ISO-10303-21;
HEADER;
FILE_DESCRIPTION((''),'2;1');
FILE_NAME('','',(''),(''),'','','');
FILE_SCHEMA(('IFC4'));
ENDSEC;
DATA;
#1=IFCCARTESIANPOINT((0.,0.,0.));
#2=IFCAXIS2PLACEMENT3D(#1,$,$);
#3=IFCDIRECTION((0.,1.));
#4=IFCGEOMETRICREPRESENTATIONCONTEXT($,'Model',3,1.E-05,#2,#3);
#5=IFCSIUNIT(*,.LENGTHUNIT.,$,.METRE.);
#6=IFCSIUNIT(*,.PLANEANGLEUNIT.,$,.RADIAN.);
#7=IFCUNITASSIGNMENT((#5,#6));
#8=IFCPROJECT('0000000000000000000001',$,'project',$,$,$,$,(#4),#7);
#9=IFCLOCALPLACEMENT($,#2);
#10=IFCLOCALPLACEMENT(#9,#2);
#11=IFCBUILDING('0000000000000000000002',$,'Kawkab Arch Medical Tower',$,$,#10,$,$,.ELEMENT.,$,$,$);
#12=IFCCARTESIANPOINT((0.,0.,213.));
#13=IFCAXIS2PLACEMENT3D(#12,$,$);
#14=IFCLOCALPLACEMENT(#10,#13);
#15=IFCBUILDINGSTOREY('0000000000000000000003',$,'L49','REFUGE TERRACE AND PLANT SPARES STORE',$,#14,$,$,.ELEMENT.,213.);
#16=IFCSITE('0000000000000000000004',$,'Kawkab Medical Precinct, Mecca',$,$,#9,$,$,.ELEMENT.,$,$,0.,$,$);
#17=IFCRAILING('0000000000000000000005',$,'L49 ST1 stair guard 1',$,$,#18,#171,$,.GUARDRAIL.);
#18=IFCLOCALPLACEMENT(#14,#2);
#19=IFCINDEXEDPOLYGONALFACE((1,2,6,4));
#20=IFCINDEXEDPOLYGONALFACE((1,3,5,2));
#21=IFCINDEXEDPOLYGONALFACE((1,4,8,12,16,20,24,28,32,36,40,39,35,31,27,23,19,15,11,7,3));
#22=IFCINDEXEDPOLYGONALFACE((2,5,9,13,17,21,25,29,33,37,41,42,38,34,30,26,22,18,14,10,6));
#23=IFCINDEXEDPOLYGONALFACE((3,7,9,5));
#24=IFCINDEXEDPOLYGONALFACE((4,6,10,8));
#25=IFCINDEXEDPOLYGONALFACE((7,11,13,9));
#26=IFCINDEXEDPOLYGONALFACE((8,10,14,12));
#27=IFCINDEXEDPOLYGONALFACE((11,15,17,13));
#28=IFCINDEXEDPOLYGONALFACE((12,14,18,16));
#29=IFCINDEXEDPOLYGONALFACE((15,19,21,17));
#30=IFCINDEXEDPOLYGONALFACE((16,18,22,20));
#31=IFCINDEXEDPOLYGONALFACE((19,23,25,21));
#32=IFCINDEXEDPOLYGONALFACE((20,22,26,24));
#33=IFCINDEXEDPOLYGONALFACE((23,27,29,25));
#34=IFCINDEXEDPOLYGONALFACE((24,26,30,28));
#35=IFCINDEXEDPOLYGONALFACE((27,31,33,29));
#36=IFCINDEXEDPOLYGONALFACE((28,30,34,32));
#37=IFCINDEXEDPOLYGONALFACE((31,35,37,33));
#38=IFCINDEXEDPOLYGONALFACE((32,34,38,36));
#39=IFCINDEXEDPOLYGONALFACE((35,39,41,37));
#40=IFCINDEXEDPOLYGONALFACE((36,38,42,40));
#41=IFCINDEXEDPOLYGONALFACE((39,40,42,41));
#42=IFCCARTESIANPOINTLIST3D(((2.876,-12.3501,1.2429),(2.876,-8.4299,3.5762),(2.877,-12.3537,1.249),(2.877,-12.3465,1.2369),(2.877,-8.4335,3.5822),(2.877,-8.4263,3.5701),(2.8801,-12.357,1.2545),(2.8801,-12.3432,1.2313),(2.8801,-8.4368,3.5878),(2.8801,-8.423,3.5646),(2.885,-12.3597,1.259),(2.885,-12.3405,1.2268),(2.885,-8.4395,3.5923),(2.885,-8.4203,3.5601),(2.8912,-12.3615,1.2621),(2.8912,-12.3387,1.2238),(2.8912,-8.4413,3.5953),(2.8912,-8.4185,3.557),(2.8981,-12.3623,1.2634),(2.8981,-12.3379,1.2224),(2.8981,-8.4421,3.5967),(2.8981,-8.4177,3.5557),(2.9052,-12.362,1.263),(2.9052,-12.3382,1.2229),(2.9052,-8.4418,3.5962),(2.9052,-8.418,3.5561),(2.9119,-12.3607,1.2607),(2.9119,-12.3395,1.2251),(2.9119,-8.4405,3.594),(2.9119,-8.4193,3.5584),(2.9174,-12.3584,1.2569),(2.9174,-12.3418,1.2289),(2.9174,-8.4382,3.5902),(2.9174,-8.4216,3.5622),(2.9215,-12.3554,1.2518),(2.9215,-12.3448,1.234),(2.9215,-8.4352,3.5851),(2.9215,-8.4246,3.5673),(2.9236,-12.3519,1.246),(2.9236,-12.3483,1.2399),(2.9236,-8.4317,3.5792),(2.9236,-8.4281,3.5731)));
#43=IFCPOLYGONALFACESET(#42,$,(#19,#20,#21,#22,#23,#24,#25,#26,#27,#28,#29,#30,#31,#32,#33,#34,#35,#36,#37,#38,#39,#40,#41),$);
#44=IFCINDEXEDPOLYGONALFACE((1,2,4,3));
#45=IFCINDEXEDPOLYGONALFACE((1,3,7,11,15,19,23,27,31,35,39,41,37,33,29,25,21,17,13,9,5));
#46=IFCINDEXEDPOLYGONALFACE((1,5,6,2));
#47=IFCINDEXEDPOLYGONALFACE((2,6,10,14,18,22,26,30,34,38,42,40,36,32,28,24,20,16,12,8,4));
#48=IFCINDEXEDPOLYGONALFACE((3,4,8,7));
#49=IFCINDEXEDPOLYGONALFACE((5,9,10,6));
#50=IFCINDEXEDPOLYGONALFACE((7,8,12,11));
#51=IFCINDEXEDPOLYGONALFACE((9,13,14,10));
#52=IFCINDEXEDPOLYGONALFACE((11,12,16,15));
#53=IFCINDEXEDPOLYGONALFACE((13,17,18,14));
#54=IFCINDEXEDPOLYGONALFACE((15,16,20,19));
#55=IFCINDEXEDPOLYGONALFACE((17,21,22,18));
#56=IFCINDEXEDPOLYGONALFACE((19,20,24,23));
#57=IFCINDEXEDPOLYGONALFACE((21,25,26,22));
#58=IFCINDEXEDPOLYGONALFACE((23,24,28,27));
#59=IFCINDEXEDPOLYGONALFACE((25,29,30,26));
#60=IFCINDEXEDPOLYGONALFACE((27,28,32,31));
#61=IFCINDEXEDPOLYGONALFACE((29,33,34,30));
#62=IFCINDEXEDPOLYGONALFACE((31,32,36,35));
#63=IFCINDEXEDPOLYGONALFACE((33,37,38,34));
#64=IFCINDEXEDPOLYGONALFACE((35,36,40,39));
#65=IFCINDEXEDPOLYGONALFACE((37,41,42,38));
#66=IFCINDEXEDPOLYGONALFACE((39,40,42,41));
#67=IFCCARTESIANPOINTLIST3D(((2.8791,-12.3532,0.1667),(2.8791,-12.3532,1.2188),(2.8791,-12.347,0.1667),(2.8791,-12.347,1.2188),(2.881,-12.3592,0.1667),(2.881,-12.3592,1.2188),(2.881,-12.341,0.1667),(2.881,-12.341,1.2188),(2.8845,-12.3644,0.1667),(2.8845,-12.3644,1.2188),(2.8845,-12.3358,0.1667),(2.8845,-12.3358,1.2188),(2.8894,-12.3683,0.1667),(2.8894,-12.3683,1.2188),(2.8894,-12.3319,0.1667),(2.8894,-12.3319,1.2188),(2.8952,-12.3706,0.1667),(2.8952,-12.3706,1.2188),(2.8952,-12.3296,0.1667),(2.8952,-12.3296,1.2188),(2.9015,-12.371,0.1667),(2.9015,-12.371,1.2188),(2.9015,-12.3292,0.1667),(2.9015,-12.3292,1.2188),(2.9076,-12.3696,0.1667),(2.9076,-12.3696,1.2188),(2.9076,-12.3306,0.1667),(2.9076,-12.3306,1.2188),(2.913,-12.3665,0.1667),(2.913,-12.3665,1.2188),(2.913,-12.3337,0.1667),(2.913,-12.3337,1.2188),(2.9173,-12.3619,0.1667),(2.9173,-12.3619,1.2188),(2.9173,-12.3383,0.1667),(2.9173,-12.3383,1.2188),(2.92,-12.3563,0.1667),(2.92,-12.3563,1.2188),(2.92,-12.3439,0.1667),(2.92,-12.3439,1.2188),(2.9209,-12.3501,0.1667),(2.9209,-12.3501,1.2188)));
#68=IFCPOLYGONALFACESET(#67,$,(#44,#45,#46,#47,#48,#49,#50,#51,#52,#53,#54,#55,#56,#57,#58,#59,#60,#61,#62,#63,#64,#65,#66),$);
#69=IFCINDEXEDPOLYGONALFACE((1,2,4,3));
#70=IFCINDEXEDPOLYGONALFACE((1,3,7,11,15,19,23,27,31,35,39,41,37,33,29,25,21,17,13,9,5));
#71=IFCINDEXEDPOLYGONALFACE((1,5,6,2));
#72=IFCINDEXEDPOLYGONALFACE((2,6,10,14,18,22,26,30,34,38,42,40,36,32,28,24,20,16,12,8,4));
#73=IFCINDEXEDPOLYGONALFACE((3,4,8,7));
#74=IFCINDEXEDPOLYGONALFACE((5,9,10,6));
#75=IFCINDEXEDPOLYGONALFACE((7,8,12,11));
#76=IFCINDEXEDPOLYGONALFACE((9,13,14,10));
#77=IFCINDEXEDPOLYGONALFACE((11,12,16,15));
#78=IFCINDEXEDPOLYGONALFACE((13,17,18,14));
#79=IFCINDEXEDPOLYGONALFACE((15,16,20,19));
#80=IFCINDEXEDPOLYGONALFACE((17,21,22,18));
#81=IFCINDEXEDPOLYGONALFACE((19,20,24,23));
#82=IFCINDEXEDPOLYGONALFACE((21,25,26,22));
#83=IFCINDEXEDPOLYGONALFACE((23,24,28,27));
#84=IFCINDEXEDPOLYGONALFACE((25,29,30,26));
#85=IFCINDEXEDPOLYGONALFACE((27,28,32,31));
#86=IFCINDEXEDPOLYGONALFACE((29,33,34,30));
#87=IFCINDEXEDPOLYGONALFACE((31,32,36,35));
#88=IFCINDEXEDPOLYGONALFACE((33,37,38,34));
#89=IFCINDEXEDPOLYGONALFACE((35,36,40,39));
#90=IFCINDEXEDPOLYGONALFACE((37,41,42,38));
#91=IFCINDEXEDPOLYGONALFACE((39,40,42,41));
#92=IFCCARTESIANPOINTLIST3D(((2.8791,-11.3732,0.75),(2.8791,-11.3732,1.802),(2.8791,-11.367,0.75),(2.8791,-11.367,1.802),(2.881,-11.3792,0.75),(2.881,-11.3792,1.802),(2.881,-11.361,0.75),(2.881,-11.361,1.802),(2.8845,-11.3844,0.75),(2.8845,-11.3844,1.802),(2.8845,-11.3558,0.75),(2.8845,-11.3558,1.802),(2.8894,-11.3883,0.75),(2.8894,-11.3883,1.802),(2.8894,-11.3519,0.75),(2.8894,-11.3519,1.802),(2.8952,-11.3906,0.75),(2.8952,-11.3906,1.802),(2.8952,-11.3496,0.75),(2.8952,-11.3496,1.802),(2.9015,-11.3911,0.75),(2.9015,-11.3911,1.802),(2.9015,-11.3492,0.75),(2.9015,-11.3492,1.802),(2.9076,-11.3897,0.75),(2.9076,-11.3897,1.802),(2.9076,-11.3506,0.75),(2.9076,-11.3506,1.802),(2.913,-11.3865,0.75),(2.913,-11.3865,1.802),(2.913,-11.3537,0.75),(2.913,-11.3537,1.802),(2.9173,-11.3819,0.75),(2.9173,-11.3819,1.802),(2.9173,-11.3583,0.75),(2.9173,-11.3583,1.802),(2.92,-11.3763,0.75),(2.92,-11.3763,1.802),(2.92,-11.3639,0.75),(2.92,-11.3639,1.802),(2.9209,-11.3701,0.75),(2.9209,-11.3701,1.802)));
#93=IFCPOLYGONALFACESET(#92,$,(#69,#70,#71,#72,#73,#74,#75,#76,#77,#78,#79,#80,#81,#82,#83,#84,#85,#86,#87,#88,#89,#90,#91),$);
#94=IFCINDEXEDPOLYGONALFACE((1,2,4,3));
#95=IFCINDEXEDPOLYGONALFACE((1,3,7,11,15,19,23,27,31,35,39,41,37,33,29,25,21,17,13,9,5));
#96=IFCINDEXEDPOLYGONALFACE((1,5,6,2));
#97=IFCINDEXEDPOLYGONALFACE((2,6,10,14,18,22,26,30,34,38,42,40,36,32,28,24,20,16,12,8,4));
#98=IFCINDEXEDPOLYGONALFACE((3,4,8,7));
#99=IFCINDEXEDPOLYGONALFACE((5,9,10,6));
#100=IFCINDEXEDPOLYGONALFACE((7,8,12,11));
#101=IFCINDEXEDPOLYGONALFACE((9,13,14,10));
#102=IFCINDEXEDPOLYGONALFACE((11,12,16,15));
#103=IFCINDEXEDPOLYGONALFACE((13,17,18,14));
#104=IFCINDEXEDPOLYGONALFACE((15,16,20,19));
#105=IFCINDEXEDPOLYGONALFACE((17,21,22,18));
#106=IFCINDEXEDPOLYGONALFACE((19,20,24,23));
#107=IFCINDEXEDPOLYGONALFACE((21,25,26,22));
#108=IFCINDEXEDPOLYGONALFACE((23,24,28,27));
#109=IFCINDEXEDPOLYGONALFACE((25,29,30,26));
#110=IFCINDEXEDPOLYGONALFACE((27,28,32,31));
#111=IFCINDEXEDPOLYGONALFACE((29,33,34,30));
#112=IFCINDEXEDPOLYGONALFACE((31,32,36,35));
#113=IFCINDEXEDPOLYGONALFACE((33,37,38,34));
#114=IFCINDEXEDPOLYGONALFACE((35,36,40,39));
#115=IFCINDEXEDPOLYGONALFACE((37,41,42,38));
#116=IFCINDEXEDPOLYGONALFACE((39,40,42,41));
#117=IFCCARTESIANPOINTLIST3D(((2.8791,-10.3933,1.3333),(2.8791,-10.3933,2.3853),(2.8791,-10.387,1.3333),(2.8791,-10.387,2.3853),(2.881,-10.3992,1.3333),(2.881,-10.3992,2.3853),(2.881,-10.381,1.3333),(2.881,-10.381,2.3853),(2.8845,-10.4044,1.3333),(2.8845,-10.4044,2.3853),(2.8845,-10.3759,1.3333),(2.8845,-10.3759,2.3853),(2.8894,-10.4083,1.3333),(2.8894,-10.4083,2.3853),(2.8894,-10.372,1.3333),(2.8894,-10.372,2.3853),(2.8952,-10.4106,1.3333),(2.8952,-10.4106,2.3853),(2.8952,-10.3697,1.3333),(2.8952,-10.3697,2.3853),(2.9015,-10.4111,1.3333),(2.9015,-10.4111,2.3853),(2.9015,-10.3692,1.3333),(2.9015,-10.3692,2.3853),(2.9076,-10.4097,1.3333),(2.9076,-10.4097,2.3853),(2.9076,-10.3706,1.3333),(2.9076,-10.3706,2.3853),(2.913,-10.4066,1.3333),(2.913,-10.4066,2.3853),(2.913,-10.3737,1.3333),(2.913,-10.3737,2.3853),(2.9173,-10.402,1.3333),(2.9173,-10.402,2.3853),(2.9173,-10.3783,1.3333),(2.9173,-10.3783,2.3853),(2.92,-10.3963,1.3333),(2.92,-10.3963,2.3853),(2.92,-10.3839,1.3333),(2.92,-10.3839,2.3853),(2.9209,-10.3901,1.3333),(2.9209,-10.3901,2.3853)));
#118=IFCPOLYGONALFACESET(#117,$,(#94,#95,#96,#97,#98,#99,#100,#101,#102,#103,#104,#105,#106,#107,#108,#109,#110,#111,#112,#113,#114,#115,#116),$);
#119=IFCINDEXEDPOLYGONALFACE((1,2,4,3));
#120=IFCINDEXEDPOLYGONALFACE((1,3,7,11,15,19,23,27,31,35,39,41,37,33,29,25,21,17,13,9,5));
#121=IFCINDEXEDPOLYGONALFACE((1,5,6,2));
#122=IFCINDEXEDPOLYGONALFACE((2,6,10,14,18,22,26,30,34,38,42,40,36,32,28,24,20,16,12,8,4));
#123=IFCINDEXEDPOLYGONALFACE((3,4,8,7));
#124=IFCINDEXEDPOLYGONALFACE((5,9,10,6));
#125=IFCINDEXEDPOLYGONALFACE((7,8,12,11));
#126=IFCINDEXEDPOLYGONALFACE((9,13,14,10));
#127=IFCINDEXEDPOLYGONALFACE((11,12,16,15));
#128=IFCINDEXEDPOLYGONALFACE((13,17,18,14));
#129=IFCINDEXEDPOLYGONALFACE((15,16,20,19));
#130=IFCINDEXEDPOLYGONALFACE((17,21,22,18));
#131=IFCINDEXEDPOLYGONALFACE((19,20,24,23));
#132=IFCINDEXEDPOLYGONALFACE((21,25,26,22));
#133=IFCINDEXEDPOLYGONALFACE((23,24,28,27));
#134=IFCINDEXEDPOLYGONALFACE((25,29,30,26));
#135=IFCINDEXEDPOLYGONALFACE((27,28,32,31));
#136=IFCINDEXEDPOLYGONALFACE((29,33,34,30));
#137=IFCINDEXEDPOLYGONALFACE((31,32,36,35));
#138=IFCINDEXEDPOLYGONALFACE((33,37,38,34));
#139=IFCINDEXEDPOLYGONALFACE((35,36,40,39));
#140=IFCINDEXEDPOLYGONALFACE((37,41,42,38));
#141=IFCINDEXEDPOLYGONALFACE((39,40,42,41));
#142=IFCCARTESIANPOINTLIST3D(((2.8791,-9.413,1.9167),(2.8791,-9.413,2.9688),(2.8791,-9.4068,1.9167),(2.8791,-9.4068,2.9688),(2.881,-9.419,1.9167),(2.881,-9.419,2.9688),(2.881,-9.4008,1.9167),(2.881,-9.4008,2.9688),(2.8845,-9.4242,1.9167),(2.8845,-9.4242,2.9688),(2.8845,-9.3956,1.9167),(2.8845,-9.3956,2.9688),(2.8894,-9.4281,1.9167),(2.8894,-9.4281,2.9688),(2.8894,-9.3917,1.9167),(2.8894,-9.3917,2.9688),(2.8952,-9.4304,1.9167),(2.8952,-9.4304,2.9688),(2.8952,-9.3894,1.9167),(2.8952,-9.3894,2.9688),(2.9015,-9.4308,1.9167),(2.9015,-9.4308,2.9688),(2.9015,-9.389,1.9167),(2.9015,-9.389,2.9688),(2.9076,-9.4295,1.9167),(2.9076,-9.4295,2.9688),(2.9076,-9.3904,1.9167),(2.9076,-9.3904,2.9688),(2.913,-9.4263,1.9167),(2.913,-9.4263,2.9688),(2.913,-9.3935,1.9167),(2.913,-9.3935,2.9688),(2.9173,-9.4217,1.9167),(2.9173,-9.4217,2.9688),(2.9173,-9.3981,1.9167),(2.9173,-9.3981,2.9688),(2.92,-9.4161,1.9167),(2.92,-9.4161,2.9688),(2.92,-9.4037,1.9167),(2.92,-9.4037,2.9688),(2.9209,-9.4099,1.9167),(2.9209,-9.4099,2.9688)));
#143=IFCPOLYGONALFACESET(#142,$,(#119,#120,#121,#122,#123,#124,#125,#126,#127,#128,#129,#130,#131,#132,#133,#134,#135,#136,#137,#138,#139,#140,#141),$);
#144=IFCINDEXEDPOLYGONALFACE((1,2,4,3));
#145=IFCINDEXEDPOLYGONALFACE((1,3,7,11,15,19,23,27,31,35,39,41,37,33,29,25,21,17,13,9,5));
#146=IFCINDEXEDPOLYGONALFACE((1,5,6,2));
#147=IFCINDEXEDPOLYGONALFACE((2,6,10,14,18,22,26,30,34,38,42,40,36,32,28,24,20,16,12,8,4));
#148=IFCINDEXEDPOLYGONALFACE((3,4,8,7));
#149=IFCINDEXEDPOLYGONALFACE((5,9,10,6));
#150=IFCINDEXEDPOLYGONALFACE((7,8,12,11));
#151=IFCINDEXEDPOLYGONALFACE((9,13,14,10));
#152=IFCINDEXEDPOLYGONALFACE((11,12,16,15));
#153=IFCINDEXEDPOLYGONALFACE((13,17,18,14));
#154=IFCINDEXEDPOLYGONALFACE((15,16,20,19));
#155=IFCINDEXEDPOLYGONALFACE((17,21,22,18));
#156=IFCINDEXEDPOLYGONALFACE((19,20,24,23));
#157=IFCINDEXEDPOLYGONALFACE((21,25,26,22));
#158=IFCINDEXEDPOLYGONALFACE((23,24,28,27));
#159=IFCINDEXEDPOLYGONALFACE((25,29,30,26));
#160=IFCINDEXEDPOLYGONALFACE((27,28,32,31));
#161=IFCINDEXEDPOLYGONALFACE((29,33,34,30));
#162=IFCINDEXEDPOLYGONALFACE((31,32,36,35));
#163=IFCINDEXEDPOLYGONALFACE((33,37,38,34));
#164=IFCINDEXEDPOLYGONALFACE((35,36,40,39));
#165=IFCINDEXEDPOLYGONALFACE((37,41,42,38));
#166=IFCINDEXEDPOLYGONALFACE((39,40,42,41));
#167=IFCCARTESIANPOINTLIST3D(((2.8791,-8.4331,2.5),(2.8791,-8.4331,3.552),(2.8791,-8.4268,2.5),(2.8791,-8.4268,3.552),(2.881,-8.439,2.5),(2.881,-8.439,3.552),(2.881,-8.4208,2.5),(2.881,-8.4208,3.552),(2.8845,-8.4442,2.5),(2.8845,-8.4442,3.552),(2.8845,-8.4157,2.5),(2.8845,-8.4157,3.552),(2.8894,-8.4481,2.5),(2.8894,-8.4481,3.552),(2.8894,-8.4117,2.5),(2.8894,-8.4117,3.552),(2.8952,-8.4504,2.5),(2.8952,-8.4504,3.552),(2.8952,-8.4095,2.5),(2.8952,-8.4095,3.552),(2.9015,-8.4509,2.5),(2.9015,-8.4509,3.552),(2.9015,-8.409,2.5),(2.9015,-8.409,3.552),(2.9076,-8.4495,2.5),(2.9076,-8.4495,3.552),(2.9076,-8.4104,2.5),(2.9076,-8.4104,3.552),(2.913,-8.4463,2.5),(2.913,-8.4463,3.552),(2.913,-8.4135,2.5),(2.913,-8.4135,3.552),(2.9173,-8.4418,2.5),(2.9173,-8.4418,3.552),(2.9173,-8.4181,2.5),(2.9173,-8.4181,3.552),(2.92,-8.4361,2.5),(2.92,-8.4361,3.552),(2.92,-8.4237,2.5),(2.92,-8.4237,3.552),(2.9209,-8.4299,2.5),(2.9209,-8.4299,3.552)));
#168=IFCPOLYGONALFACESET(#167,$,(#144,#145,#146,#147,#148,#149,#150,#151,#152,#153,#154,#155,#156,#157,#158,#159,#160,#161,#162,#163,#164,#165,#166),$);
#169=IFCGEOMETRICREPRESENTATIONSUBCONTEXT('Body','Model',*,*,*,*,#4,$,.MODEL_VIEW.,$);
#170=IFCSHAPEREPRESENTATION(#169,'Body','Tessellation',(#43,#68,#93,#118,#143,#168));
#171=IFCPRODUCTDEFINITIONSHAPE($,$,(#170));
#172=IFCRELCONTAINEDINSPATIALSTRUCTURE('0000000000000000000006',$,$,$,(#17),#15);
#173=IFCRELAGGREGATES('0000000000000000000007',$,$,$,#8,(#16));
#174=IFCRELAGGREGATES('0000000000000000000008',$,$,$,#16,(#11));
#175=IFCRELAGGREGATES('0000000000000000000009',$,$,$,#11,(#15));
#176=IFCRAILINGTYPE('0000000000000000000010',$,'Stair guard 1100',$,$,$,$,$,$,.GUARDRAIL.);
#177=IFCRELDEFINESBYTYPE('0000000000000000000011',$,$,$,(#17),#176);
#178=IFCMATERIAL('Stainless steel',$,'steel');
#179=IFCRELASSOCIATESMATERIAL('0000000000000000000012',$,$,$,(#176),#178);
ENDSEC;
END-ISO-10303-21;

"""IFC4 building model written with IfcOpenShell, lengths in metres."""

from ifc_helpers import new_model, si_unit, direction, frame, origin, origin_2d, place, context, subcontext, project, spatial, circle, extrude, material, type_object, element, save


model = new_model("IFC4")

# Units and contexts
model_context = context("Model", 3, precision=1e-05, world=origin(), true_north=direction((0.0, 1.0)))
body_context = subcontext(model_context, "Body", "Model", "MODEL_VIEW")
ifc_project = project(units=[si_unit("LENGTHUNIT", "METRE"), si_unit("PLANEANGLEUNIT", "RADIAN")], contexts=[model_context])

# Site, building, storey
site_placement = place(None, origin())
site = spatial("IfcSite", under=ifc_project, at=site_placement, Name="Kawkab Medical Precinct, Mecca", CompositionType="ELEMENT", RefElevation=0.0)
building_placement = place(site_placement, origin())
building = spatial("IfcBuilding", under=site, at=building_placement, Name="Kawkab Arch Medical Tower", CompositionType="ELEMENT")
storey_placement = place(building_placement, frame((0.0, 0.0, 213.0)))
storey = spatial("IfcBuildingStorey", under=building, at=storey_placement, Name="L49", Description="REFUGE TERRACE AND PLANT SPARES STORE", CompositionType="ELEMENT", Elevation=213.0)

# Railing
ifc_material_1 = material(Name="Stainless steel", Category="steel")
railing_type = type_object("IfcRailingType", Name="Stair guard 1100", PredefinedType="GUARDRAIL", material=ifc_material_1)
railing_1_placement = place(storey_placement, frame((2.8999, -12.3501, 0.1667)))
element("IfcRailing", 1, at=railing_1_placement, inside=storey, type_object=railing_type, Name="L49 ST1 stair guard 1", PredefinedType="GUARDRAIL", context=body_context, shape_type="SweptSolid", body=[
    extrude(circle(Radius=0.0239, at=origin_2d()), frame((0.0, 0.0, 1.0762), z_axis=(0.0, 0.85931, 0.511455), x_axis=(-1.0, 0.0, 0.0)), (0.0, 0.0, 1.0), 4.562),
    extrude(circle(Radius=0.021, at=origin_2d()), origin(), (0.0, 0.0, 1.0), 1.052),
    extrude(circle(Radius=0.021, at=origin_2d()), frame((0.0, 0.98, 0.5833)), (0.0, 0.0, 1.0), 1.052),
    extrude(circle(Radius=0.021, at=origin_2d()), frame((0.0, 1.96, 1.1665)), (0.0, 0.0, 1.0), 1.052),
    extrude(circle(Radius=0.021, at=origin_2d()), frame((0.0, 2.9402, 1.75)), (0.0, 0.0, 1.0), 1.052),
    extrude(circle(Radius=0.021, at=origin_2d()), frame((0.0, 3.9202, 2.3333)), (0.0, 0.0, 1.0), 1.052),
])

save(model, "model.ifc")
